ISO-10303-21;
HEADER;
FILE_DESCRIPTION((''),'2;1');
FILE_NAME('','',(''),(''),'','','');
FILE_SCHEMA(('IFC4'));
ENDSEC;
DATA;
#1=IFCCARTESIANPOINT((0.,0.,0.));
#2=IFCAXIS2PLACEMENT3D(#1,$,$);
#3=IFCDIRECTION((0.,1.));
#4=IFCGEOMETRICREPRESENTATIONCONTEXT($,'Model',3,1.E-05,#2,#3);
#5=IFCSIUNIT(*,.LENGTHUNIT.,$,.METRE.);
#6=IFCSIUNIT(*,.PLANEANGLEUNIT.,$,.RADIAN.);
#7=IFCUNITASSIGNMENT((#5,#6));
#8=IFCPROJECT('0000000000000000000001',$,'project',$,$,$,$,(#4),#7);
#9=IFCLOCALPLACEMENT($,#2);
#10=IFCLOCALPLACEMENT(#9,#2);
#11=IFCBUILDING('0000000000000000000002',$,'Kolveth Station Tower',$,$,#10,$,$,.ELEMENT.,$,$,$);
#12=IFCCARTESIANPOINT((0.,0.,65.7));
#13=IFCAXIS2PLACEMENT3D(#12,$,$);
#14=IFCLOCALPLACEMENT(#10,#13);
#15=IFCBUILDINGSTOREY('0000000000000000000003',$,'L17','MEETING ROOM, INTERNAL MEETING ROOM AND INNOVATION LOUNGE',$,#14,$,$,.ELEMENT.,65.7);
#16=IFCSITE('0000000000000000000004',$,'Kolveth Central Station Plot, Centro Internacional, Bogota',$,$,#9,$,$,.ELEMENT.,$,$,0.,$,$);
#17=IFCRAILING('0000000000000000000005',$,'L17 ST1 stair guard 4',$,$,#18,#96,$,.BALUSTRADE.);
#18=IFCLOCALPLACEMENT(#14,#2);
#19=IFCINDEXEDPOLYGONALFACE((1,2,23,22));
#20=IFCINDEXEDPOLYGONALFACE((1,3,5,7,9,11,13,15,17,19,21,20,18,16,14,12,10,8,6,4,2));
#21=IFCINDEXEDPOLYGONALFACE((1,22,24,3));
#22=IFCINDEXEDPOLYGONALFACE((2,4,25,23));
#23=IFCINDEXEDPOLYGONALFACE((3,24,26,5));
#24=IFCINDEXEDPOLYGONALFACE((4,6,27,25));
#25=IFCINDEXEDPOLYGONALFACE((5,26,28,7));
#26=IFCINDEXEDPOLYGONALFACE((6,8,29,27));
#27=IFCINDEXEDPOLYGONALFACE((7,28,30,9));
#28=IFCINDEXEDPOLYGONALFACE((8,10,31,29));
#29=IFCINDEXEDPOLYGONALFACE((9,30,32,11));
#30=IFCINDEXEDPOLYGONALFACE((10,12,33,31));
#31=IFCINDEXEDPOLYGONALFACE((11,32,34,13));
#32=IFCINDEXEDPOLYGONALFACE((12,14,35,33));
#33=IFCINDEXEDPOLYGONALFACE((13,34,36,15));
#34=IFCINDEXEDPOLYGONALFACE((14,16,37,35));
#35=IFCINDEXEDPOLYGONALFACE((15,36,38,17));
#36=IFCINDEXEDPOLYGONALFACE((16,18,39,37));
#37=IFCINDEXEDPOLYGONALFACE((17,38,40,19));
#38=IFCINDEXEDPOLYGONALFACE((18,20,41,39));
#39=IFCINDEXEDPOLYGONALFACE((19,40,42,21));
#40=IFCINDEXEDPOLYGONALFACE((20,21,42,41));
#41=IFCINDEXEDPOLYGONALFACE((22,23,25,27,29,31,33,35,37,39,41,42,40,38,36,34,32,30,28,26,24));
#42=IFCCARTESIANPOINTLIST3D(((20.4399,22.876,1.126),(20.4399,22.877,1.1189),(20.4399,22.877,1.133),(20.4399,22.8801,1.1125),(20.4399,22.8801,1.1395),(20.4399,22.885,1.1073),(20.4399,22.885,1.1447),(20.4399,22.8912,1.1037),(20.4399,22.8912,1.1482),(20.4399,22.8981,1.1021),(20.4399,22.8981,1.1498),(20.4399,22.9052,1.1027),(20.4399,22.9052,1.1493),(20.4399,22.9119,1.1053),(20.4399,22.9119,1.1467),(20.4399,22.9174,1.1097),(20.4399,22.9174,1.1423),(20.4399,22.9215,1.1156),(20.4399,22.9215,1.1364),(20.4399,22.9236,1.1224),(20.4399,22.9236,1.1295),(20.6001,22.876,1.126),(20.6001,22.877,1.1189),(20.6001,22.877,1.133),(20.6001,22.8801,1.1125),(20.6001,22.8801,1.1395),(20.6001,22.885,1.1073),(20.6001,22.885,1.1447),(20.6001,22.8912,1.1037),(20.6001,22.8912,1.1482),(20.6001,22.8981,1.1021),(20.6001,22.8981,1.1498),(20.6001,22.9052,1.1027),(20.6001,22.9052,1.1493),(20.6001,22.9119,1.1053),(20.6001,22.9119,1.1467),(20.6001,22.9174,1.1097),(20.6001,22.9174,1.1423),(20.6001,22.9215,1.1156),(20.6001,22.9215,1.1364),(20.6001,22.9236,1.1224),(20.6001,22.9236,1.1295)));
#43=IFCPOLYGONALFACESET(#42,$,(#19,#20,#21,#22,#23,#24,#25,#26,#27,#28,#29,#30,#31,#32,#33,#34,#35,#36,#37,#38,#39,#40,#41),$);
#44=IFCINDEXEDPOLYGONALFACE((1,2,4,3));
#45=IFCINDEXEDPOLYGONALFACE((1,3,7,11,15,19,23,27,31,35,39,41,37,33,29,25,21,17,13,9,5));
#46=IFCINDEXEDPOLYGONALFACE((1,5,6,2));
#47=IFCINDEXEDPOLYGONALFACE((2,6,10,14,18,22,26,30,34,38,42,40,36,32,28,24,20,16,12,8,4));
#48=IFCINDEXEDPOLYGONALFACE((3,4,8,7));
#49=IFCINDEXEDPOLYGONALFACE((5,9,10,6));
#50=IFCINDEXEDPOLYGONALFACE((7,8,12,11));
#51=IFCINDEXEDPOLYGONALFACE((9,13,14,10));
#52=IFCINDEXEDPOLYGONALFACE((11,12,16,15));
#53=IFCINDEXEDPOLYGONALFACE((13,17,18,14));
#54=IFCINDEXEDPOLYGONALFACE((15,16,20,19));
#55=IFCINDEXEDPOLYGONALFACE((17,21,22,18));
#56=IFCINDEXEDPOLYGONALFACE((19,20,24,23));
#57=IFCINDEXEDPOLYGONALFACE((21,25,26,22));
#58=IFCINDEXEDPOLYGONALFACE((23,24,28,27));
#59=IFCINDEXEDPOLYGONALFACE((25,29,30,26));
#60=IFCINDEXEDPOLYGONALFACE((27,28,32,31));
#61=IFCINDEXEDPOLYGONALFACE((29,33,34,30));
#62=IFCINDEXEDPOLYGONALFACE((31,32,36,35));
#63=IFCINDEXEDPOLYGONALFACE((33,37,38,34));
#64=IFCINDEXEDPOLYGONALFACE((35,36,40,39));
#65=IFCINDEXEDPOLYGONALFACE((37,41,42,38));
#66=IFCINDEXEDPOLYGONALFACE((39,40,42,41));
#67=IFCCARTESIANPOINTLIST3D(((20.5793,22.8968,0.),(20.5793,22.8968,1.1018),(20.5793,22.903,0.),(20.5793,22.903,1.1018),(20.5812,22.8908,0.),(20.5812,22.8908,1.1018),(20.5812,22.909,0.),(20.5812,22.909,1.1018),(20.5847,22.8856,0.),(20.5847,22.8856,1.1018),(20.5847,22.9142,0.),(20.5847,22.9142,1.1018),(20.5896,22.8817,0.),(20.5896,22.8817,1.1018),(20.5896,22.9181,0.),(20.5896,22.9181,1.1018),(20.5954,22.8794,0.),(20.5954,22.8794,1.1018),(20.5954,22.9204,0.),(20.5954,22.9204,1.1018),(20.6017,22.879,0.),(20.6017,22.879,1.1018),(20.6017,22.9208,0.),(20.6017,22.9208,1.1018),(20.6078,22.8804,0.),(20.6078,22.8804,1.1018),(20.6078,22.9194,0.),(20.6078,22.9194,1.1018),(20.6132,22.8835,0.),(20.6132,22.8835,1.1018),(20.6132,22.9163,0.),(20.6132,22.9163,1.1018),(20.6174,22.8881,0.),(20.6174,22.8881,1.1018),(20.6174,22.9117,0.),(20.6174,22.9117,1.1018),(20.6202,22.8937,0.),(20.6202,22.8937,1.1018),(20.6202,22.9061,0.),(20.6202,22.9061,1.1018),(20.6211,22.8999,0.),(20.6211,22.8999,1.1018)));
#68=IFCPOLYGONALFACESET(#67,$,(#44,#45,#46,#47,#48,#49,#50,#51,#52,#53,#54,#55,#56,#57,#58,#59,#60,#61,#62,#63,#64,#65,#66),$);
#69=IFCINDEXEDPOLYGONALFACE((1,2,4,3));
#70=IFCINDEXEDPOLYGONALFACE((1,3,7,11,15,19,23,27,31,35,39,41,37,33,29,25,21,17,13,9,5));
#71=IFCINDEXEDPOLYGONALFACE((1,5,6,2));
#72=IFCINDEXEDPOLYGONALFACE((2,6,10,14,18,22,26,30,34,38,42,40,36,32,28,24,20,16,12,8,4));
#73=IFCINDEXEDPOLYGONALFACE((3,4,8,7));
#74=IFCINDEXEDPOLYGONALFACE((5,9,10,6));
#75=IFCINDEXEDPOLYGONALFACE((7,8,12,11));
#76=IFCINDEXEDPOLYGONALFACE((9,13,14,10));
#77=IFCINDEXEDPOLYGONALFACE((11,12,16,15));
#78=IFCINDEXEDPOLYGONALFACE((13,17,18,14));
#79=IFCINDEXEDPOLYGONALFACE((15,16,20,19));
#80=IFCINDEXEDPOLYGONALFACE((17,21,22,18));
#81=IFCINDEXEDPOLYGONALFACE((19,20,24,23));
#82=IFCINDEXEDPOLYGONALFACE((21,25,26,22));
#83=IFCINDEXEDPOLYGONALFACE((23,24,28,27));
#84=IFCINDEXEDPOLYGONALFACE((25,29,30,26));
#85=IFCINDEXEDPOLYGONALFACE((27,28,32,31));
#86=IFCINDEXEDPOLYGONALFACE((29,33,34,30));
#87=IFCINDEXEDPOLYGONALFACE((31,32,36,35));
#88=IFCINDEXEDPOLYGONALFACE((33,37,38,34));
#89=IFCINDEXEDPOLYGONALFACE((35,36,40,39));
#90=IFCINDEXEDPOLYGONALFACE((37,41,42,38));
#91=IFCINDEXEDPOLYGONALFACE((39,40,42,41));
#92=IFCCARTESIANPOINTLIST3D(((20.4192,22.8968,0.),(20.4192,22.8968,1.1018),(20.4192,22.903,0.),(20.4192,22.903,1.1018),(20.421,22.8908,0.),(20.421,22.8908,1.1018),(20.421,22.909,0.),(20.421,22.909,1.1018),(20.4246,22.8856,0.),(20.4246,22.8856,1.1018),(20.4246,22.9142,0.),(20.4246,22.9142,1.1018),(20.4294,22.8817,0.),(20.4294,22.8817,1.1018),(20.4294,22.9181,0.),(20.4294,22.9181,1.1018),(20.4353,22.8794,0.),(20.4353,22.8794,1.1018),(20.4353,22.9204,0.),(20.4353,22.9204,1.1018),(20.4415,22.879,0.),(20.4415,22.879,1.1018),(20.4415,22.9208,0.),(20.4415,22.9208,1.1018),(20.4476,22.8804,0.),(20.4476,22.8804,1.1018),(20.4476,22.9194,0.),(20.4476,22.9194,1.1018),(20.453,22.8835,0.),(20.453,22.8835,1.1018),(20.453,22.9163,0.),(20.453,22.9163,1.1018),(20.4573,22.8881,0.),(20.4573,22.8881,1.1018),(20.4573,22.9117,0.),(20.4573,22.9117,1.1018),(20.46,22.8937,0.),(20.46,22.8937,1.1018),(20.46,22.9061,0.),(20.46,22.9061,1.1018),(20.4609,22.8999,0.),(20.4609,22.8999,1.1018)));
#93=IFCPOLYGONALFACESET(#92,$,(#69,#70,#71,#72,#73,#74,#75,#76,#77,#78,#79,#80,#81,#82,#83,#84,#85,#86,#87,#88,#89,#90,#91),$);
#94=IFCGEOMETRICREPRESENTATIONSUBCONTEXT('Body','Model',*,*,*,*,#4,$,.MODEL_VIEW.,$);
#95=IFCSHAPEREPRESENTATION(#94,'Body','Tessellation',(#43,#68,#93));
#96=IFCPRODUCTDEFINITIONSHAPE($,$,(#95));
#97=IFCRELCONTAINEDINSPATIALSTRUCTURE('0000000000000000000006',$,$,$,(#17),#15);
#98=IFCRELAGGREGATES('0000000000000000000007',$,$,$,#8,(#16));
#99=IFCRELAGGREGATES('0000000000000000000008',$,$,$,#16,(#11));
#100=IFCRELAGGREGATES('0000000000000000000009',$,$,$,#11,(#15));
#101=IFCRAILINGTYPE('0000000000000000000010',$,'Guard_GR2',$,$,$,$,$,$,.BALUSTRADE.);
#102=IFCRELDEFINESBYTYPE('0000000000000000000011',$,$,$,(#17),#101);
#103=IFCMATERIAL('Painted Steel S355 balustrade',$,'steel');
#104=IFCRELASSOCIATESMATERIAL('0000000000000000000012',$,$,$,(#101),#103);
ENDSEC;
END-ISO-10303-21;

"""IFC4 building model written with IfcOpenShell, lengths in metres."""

from ifc_helpers import new_model, si_unit, direction, frame, origin, origin_2d, place, context, subcontext, project, spatial, circle, extrude, material, type_object, element, save


model = new_model("IFC4")

# Units and contexts
model_context = context("Model", 3, precision=1e-05, world=origin(), true_north=direction((0.0, 1.0)))
body_context = subcontext(model_context, "Body", "Model", "MODEL_VIEW")
ifc_project = project(units=[si_unit("LENGTHUNIT", "METRE"), si_unit("PLANEANGLEUNIT", "RADIAN")], contexts=[model_context])

# Site, building, storey
site_placement = place(None, origin())
site = spatial("IfcSite", under=ifc_project, at=site_placement, Name="Kolveth Central Station Plot, Centro Internacional, Bogota", CompositionType="ELEMENT", RefElevation=0.0)
building_placement = place(site_placement, origin())
building = spatial("IfcBuilding", under=site, at=building_placement, Name="Kolveth Station Tower", CompositionType="ELEMENT")
storey_placement = place(building_placement, frame((0.0, 0.0, 65.7)))
storey = spatial("IfcBuildingStorey", under=building, at=storey_placement, Name="L17", Description="MEETING ROOM, INTERNAL MEETING ROOM AND INNOVATION LOUNGE", CompositionType="ELEMENT", Elevation=65.7)

# Railing
ifc_material_1 = material(Name="Painted Steel S355 balustrade", Category="steel")
railing_type_1 = type_object("IfcRailingType", Name="Guard_GR2", PredefinedType="BALUSTRADE", material=ifc_material_1)
railing_1_placement = place(storey_placement, frame((20.6001, 22.8999, 0.0)))
element("IfcRailing", 1, at=railing_1_placement, inside=storey, type_object=railing_type_1, Name="L17 ST1 stair guard 4", PredefinedType="BALUSTRADE", context=body_context, shape_type="SweptSolid", body=[
    extrude(circle(Radius=0.0239, at=origin_2d()), frame((0.0, 0.0, 1.126), z_axis=(-1.0, 0.0, 0.0), x_axis=(0.0, -1.0, 0.0)), (0.0, 0.0, 1.0), 0.1602),
    extrude(circle(Radius=0.021, at=origin_2d()), origin(), (0.0, 0.0, 1.0), 1.1018),
    extrude(circle(Radius=0.021, at=origin_2d()), frame((-0.1602, 0.0, 0.0)), (0.0, 0.0, 1.0), 1.1018),
])

save(model, "model.ifc")
